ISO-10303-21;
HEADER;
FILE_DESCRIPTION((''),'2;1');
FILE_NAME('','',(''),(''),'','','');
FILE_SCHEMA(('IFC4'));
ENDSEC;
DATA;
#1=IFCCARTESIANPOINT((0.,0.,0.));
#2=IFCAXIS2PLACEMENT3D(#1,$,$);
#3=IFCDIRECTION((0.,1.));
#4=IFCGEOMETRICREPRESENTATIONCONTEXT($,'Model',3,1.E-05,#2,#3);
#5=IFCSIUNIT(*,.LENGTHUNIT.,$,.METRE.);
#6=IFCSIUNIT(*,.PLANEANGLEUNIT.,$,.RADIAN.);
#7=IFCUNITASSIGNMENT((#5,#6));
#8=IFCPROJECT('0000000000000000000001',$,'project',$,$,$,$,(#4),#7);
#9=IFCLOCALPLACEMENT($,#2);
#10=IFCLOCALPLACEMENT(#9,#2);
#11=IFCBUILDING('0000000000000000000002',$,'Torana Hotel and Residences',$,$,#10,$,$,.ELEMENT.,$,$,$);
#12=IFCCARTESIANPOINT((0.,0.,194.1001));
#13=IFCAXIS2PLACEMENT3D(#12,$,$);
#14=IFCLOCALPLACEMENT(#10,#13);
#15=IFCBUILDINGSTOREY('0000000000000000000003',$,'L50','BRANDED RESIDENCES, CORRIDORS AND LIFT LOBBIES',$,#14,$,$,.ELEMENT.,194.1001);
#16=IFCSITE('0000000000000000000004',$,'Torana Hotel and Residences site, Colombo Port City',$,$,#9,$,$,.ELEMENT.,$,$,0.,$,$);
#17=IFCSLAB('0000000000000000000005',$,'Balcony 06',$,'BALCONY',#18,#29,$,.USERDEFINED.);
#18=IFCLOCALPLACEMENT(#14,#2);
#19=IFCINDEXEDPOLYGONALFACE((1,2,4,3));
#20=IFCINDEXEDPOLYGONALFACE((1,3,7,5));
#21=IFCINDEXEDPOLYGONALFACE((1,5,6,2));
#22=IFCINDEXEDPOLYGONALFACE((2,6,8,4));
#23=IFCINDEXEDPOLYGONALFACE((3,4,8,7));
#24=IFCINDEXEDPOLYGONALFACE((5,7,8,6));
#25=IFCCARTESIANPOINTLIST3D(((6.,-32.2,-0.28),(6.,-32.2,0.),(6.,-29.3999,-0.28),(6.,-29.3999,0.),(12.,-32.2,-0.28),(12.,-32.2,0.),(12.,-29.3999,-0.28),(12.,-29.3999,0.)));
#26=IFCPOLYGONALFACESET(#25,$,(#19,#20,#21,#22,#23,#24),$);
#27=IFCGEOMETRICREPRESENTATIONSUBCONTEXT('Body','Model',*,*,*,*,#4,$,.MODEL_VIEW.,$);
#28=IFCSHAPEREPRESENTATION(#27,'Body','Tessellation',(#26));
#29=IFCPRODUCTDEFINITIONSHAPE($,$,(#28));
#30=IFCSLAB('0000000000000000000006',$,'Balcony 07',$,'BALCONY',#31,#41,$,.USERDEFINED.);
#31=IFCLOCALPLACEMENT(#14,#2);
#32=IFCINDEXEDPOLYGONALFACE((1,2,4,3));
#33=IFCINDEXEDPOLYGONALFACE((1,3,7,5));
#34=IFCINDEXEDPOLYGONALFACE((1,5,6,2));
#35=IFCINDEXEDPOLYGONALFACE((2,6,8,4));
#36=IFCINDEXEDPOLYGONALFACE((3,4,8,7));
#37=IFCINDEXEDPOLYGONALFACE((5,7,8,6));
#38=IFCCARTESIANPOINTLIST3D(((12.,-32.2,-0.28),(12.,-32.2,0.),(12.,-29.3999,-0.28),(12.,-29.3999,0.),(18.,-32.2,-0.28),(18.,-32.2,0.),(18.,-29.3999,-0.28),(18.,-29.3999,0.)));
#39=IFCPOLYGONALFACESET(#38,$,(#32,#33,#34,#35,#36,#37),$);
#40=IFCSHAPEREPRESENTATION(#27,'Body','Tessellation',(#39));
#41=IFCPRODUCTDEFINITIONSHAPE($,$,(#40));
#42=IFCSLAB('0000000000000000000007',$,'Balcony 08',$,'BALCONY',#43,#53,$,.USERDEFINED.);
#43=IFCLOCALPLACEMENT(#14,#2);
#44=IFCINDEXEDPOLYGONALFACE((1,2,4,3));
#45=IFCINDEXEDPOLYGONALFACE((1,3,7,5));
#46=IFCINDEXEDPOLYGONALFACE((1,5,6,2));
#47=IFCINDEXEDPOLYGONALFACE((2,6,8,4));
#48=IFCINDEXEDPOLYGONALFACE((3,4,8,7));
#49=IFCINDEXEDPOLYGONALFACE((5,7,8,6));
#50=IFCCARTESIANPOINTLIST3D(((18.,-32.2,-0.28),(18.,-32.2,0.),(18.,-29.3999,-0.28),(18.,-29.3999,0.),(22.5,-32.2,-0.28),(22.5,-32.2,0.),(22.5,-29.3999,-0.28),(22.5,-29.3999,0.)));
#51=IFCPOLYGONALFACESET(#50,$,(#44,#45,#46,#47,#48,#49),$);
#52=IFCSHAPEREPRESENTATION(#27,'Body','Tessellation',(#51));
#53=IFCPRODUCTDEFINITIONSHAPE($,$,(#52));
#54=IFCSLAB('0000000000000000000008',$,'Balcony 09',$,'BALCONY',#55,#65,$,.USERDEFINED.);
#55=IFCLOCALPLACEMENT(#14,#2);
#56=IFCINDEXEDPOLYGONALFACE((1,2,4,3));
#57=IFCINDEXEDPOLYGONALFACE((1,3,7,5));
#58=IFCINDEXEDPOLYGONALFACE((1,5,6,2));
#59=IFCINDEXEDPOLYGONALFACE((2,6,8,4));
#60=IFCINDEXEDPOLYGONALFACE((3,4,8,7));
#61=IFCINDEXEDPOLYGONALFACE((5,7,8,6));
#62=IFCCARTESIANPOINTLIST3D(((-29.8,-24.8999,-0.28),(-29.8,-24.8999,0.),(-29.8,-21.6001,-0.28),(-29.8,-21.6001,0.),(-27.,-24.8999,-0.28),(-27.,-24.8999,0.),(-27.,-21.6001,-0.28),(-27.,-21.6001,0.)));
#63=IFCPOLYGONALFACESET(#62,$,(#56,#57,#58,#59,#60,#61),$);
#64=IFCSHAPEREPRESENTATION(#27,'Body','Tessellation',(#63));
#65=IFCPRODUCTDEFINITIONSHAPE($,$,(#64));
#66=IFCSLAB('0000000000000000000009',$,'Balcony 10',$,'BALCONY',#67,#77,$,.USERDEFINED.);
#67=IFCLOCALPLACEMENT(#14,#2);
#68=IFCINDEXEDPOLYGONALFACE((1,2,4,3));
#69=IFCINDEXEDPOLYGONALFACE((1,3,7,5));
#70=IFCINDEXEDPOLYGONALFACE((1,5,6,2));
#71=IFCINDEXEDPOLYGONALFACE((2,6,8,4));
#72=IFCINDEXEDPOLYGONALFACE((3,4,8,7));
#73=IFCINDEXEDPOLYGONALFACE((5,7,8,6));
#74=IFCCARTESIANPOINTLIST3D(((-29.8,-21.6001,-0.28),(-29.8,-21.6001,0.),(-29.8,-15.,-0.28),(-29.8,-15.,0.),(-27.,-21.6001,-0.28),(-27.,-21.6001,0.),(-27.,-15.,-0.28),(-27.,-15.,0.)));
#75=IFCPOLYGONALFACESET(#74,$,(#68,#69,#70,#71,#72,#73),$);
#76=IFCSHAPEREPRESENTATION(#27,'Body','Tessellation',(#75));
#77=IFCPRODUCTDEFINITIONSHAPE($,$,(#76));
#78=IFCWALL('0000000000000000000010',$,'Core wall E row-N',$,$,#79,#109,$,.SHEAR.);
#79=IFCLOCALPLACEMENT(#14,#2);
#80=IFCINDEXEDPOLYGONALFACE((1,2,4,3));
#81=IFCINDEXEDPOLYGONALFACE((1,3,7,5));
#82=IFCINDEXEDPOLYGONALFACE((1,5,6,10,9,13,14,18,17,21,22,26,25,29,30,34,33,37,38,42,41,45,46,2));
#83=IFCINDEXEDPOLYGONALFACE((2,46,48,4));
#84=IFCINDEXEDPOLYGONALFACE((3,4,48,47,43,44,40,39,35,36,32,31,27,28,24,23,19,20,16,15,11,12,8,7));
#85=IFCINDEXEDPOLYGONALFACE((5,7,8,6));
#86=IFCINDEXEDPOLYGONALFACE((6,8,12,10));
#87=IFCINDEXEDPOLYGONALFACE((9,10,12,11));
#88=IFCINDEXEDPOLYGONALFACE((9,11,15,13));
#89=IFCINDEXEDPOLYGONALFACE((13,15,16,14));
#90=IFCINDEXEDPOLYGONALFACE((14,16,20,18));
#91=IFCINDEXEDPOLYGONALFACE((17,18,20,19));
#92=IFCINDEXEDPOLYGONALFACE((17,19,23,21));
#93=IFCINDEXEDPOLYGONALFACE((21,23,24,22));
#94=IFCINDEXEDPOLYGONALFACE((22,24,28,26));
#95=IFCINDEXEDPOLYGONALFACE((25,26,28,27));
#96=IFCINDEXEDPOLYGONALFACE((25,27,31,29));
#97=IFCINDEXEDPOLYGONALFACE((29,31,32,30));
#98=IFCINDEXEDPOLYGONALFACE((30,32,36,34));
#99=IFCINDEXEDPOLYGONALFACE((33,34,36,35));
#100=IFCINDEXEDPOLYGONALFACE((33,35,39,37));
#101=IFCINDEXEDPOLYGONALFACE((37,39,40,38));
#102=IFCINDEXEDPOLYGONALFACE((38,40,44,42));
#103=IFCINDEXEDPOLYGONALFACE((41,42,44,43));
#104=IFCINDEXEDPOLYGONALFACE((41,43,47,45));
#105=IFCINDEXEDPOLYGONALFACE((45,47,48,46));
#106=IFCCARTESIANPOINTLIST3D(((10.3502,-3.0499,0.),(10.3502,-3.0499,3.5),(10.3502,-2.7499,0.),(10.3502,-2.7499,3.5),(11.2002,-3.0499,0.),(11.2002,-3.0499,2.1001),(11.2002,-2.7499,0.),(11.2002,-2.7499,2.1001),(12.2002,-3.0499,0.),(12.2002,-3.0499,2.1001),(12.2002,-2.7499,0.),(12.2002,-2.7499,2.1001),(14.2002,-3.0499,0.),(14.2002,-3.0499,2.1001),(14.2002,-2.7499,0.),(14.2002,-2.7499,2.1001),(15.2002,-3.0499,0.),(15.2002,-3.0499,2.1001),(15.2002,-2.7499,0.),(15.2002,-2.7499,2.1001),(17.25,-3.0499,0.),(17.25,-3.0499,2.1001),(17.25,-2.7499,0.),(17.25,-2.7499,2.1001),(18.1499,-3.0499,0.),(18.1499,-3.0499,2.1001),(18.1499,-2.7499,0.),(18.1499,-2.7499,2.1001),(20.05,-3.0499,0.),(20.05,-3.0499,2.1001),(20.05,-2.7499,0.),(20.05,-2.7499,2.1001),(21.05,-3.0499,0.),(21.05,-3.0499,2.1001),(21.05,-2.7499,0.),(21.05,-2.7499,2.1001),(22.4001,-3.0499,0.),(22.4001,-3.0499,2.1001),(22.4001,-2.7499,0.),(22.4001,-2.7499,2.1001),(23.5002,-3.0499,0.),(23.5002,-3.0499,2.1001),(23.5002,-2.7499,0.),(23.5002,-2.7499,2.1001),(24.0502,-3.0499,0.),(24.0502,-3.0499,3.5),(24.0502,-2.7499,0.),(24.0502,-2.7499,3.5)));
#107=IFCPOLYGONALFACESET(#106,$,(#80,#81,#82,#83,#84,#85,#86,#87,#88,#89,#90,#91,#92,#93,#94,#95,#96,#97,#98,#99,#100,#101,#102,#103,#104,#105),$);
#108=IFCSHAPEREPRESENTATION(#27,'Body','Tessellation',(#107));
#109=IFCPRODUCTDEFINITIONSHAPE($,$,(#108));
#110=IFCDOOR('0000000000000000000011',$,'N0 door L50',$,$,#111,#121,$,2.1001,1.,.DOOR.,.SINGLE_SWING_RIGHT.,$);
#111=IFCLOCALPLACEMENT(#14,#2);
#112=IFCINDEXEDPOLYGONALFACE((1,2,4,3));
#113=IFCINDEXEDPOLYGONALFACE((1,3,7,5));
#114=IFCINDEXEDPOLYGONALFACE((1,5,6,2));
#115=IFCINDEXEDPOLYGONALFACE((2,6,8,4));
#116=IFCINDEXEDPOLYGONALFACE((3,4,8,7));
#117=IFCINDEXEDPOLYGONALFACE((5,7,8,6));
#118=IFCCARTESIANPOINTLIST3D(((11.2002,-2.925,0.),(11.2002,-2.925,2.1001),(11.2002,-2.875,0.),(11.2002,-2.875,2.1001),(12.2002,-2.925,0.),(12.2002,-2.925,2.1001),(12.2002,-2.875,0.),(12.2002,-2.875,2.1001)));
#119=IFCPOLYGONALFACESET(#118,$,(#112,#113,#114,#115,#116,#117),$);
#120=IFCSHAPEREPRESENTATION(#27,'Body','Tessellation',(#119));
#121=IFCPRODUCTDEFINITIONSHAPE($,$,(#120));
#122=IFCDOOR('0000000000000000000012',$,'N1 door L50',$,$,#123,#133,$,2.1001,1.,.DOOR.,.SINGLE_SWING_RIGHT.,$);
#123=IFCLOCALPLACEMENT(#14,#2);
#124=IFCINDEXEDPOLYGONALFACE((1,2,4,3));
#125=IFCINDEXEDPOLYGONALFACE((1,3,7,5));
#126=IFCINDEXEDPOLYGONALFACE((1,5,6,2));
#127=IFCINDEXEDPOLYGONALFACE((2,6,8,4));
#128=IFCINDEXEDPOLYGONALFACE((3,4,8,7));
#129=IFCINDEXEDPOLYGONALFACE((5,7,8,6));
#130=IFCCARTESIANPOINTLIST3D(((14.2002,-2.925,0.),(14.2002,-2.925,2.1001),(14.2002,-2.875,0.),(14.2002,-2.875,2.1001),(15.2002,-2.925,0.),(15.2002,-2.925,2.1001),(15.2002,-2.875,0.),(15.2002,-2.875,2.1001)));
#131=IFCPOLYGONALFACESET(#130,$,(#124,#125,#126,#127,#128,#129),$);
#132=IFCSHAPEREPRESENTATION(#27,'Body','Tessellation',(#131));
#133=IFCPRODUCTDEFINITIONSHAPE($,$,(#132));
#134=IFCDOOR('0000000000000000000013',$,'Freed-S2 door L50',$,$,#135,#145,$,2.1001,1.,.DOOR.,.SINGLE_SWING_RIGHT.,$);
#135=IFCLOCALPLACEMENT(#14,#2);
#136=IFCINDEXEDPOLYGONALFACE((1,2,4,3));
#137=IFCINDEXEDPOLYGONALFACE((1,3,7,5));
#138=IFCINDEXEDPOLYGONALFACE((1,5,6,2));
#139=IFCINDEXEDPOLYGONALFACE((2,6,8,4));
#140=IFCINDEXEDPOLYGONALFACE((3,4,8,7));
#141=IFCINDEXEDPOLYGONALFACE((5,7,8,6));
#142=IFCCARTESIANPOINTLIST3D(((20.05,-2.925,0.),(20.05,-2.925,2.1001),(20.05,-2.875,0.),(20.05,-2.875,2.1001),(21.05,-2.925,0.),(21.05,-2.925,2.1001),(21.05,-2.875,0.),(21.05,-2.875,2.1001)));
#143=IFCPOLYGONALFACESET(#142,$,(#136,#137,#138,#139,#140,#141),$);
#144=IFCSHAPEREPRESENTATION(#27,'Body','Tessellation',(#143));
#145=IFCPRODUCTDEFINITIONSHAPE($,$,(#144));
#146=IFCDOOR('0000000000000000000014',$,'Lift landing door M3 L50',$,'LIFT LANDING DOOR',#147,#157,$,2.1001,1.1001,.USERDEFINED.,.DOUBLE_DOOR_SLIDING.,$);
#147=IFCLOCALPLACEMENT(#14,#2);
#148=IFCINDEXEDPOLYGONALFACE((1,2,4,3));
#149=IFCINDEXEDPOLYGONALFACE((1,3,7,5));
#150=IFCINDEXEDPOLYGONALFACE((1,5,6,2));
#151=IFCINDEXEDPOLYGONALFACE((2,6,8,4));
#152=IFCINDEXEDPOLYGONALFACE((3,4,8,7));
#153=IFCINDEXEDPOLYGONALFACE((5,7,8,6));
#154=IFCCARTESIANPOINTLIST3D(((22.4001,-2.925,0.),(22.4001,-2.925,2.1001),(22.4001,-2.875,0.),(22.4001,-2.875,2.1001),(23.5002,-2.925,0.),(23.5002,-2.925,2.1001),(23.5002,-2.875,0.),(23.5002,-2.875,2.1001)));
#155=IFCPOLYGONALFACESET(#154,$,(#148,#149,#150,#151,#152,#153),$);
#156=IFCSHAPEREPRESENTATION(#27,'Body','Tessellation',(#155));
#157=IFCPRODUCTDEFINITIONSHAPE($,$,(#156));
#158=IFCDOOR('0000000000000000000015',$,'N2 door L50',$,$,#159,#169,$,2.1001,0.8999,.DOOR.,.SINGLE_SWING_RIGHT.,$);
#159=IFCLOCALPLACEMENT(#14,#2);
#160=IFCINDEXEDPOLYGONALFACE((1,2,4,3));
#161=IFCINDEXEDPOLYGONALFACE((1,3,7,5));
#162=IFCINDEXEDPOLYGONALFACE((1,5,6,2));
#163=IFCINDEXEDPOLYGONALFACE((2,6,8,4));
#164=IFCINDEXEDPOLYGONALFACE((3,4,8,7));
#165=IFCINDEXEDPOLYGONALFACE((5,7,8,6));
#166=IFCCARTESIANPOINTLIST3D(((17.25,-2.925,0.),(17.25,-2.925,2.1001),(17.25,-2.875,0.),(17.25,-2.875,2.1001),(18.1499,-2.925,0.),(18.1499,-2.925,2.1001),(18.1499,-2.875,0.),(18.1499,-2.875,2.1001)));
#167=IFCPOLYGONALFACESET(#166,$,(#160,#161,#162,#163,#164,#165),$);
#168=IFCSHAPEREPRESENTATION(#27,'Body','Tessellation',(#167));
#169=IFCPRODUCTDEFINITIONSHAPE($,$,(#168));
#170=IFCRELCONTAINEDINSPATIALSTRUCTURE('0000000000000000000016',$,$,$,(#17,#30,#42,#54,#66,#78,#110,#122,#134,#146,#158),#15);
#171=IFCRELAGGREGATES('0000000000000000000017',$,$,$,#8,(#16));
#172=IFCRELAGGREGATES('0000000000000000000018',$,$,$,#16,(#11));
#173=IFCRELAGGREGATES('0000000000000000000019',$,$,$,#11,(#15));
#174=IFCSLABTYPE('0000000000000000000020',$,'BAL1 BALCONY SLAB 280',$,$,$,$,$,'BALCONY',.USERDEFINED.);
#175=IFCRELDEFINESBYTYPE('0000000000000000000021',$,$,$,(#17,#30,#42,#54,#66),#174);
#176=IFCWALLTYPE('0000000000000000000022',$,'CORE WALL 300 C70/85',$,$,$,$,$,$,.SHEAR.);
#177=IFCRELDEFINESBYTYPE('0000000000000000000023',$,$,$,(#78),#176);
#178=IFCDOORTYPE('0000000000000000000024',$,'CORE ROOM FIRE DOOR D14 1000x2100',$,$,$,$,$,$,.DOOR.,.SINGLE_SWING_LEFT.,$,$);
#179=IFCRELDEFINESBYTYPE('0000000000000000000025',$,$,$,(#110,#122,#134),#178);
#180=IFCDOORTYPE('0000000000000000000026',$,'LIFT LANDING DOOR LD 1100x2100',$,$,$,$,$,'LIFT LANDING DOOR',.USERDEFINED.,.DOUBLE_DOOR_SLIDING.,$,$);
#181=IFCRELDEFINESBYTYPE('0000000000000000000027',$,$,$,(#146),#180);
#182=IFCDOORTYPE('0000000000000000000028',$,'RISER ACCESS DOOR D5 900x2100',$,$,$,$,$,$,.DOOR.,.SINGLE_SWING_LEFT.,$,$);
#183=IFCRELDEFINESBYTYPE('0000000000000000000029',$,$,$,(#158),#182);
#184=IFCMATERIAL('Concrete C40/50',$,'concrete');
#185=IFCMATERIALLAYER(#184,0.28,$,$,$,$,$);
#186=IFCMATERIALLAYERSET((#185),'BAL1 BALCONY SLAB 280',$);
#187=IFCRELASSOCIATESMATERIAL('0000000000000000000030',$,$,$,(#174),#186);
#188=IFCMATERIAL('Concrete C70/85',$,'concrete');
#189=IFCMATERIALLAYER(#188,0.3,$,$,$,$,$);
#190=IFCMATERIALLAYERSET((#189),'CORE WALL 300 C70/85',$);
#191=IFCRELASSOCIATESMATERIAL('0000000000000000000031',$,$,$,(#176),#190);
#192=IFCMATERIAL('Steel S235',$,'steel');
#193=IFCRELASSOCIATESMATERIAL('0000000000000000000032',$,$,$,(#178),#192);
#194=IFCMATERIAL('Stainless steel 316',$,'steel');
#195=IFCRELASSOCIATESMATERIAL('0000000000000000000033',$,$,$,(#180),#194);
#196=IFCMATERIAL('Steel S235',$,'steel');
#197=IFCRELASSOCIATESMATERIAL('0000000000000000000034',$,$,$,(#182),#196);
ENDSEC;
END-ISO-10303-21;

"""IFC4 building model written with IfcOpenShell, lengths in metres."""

from ifc_helpers import new_model, si_unit, direction, frame, frame_2d, origin, place, context, subcontext, project, spatial, polyline, rectangle, outline, extrude, material, layer, layer_set, type_object, element, fill, save


model = new_model("IFC4")

# Units and contexts
model_context = context("Model", 3, precision=1e-05, world=origin(), true_north=direction((0.0, 1.0)))
body_context = subcontext(model_context, "Body", "Model", "MODEL_VIEW")
ifc_project = project(units=[si_unit("LENGTHUNIT", "METRE"), si_unit("PLANEANGLEUNIT", "RADIAN")], contexts=[model_context])

# Site, building, storey
site_placement = place(None, origin())
site = spatial("IfcSite", under=ifc_project, at=site_placement, Name="Torana Hotel and Residences site, Colombo Port City", CompositionType="ELEMENT", RefElevation=0.0)
building_placement = place(site_placement, origin())
building = spatial("IfcBuilding", under=site, at=building_placement, Name="Torana Hotel and Residences", CompositionType="ELEMENT")
storey_placement = place(building_placement, frame((0.0, 0.0, 194.1001)))
storey = spatial("IfcBuildingStorey", under=building, at=storey_placement, Name="L50", Description="BRANDED RESIDENCES, CORRIDORS AND LIFT LOBBIES", CompositionType="ELEMENT", Elevation=194.1001)

# Slabs
ifc_material_1 = material(Name="Concrete C40/50", Category="concrete")
ifc_layer_1 = layer(ifc_material_1, 0.28)
ifc_layer_set_1 = layer_set([ifc_layer_1], Name="BAL1 BALCONY SLAB 280")
slab_type = type_object("IfcSlabType", Name="BAL1 BALCONY SLAB 280", ElementType="BALCONY", PredefinedType="USERDEFINED", material=ifc_layer_set_1)
slab_1_placement = place(storey_placement, frame((0.0, 0.0, -0.28)))
element("IfcSlab", 1, at=slab_1_placement, inside=storey, type_object=slab_type, Name="Balcony 06", ObjectType="BALCONY", PredefinedType="USERDEFINED", context=body_context, shape_type="SweptSolid", body=[
    extrude(outline(polyline([(6.0, -32.2), (12.0, -32.2), (12.0, -29.3999), (6.0, -29.3999), (6.0, -32.2)])), origin(), (0.0, 0.0, 1.0), 0.28),
])
slab_2_placement = place(storey_placement, frame((0.0, 0.0, -0.28)))
element("IfcSlab", 2, at=slab_2_placement, inside=storey, type_object=slab_type, Name="Balcony 07", ObjectType="BALCONY", PredefinedType="USERDEFINED", context=body_context, shape_type="SweptSolid", body=[
    extrude(outline(polyline([(12.0, -32.2), (18.0, -32.2), (18.0, -29.3999), (12.0, -29.3999), (12.0, -32.2)])), origin(), (0.0, 0.0, 1.0), 0.28),
])
slab_3_placement = place(storey_placement, frame((0.0, 0.0, -0.28)))
element("IfcSlab", 3, at=slab_3_placement, inside=storey, type_object=slab_type, Name="Balcony 08", ObjectType="BALCONY", PredefinedType="USERDEFINED", context=body_context, shape_type="SweptSolid", body=[
    extrude(outline(polyline([(18.0, -32.2), (22.5, -32.2), (22.5, -29.3999), (18.0, -29.3999), (18.0, -32.2)])), origin(), (0.0, 0.0, 1.0), 0.28),
])
slab_4_placement = place(storey_placement, frame((0.0, 0.0, -0.28)))
element("IfcSlab", 4, at=slab_4_placement, inside=storey, type_object=slab_type, Name="Balcony 09", ObjectType="BALCONY", PredefinedType="USERDEFINED", context=body_context, shape_type="SweptSolid", body=[
    extrude(outline(polyline([(-29.8, -24.8999), (-27.0, -24.8999), (-27.0, -21.6001), (-29.8, -21.6001), (-29.8, -24.8999)])), origin(), (0.0, 0.0, 1.0), 0.28),
])
slab_5_placement = place(storey_placement, frame((0.0, 0.0, -0.28)))
element("IfcSlab", 5, at=slab_5_placement, inside=storey, type_object=slab_type, Name="Balcony 10", ObjectType="BALCONY", PredefinedType="USERDEFINED", context=body_context, shape_type="SweptSolid", body=[
    extrude(outline(polyline([(-29.8, -21.6001), (-27.0, -21.6001), (-27.0, -15.0), (-29.8, -15.0), (-29.8, -21.6001)])), origin(), (0.0, 0.0, 1.0), 0.28),
])

# Wall, openings, doors
ifc_material_2 = material(Name="Concrete C70/85", Category="concrete")
ifc_layer_2 = layer(ifc_material_2, 0.3)
ifc_layer_set_2 = layer_set([ifc_layer_2], Name="CORE WALL 300 C70/85")
wall_type_1 = type_object("IfcWallType", Name="CORE WALL 300 C70/85", PredefinedType="SHEAR", material=ifc_layer_set_2)
wall_1_placement = place(storey_placement, frame((10.3501, -2.8999, 0.0), z_axis=(0.0, 0.0, 1.0), x_axis=(1.0, 0.0, 0.0)))
wall_1 = element("IfcWall", 6, at=wall_1_placement, inside=storey, type_object=wall_type_1, Name="Core wall E row-N", PredefinedType="SHEAR", context=body_context, shape_type="SweptSolid", body=[
    extrude(rectangle(XDim=13.7, YDim=0.3, at=frame_2d((6.8501, 0.0))), origin(), (0.0, 0.0, 1.0), 3.5),
])
opening_1_placement = place(wall_1_placement, frame((12.05, 0.0, 0.0)))
opening_1 = element("IfcOpeningElement", 7, at=opening_1_placement, cuts=wall_1, PredefinedType="OPENING", context=body_context, shape_type="SweptSolid", body=[
    extrude(rectangle(XDim=1.1001, YDim=2.1001, at=frame_2d((0.55, 1.05))), frame((0.0, 0.1599, 0.0), z_axis=(0.0, -1.0, 0.0), x_axis=(1.0, 0.0, 0.0)), (0.0, 0.0, 1.0), 0.3201),
])
opening_2_placement = place(wall_1_placement, frame((6.8999, 0.0, 0.0)))
opening_2 = element("IfcOpeningElement", 8, at=opening_2_placement, cuts=wall_1, PredefinedType="OPENING", context=body_context, shape_type="SweptSolid", body=[
    extrude(rectangle(XDim=0.8999, YDim=2.1001, at=frame_2d((0.45, 1.05))), frame((0.0, 0.1599, 0.0), z_axis=(0.0, -1.0, 0.0), x_axis=(1.0, 0.0, 0.0)), (0.0, 0.0, 1.0), 0.3201),
])
opening_3_placement = place(wall_1_placement, frame((0.8501, 0.0, 0.0)))
opening_3 = element("IfcOpeningElement", 9, at=opening_3_placement, cuts=wall_1, PredefinedType="OPENING", context=body_context, shape_type="SweptSolid", body=[
    extrude(rectangle(XDim=1.0, YDim=2.1001, at=frame_2d((0.5, 1.05))), frame((0.0, 0.1599, 0.0), z_axis=(0.0, -1.0, 0.0), x_axis=(1.0, 0.0, 0.0)), (0.0, 0.0, 1.0), 0.3201),
])
opening_4_placement = place(wall_1_placement, frame((3.8501, 0.0, 0.0)))
opening_4 = element("IfcOpeningElement", 10, at=opening_4_placement, cuts=wall_1, PredefinedType="OPENING", context=body_context, shape_type="SweptSolid", body=[
    extrude(rectangle(XDim=1.0, YDim=2.1001, at=frame_2d((0.5, 1.05))), frame((0.0, 0.1599, 0.0), z_axis=(0.0, -1.0, 0.0), x_axis=(1.0, 0.0, 0.0)), (0.0, 0.0, 1.0), 0.3201),
])
opening_5_placement = place(wall_1_placement, frame((9.7, 0.0, 0.0)))
opening_5 = element("IfcOpeningElement", 11, at=opening_5_placement, cuts=wall_1, PredefinedType="OPENING", context=body_context, shape_type="SweptSolid", body=[
    extrude(rectangle(XDim=1.0, YDim=2.1001, at=frame_2d((0.5, 1.05))), frame((0.0, 0.1599, 0.0), z_axis=(0.0, -1.0, 0.0), x_axis=(1.0, 0.0, 0.0)), (0.0, 0.0, 1.0), 0.3201),
])
ifc_material_3 = material(Name="Steel S235", Category="steel")
door_type_1 = type_object("IfcDoorType", Name="CORE ROOM FIRE DOOR D14 1000x2100", OperationType="SINGLE_SWING_LEFT", PredefinedType="DOOR", material=ifc_material_3)
door_1_placement = place(opening_3_placement, origin())
door_1 = element("IfcDoor", 12, at=door_1_placement, inside=storey, type_object=door_type_1, Name="N0 door L50", OperationType="SINGLE_SWING_RIGHT", OverallHeight=2.1001, OverallWidth=1.0, PredefinedType="DOOR", context=body_context, shape_type="SweptSolid", body=[
    extrude(rectangle(XDim=1.0, YDim=2.1001, at=frame_2d((0.5, 1.05))), frame((0.0, 0.0249, 0.0), z_axis=(0.0, -1.0, 0.0), x_axis=(1.0, 0.0, 0.0)), (0.0, 0.0, 1.0), 0.05),
])
fill(opening_3, door_1)
door_2_placement = place(opening_4_placement, origin())
door_2 = element("IfcDoor", 13, at=door_2_placement, inside=storey, type_object=door_type_1, Name="N1 door L50", OperationType="SINGLE_SWING_RIGHT", OverallHeight=2.1001, OverallWidth=1.0, PredefinedType="DOOR", context=body_context, shape_type="SweptSolid", body=[
    extrude(rectangle(XDim=1.0, YDim=2.1001, at=frame_2d((0.5, 1.05))), frame((0.0, 0.0249, 0.0), z_axis=(0.0, -1.0, 0.0), x_axis=(1.0, 0.0, 0.0)), (0.0, 0.0, 1.0), 0.05),
])
fill(opening_4, door_2)
door_3_placement = place(opening_5_placement, origin())
door_3 = element("IfcDoor", 14, at=door_3_placement, inside=storey, type_object=door_type_1, Name="Freed-S2 door L50", OperationType="SINGLE_SWING_RIGHT", OverallHeight=2.1001, OverallWidth=1.0, PredefinedType="DOOR", context=body_context, shape_type="SweptSolid", body=[
    extrude(rectangle(XDim=1.0, YDim=2.1001, at=frame_2d((0.5, 1.05))), frame((0.0, 0.0249, 0.0), z_axis=(0.0, -1.0, 0.0), x_axis=(1.0, 0.0, 0.0)), (0.0, 0.0, 1.0), 0.05),
])
fill(opening_5, door_3)
ifc_material_4 = material(Name="Stainless steel 316", Category="steel")
door_type_2 = type_object("IfcDoorType", Name="LIFT LANDING DOOR LD 1100x2100", ElementType="LIFT LANDING DOOR", OperationType="DOUBLE_DOOR_SLIDING", PredefinedType="USERDEFINED", material=ifc_material_4)
door_4_placement = place(opening_1_placement, origin())
door_4 = element("IfcDoor", 15, at=door_4_placement, inside=storey, type_object=door_type_2, Name="Lift landing door M3 L50", ObjectType="LIFT LANDING DOOR", OperationType="DOUBLE_DOOR_SLIDING", OverallHeight=2.1001, OverallWidth=1.1001, PredefinedType="USERDEFINED", context=body_context, shape_type="SweptSolid", body=[
    extrude(rectangle(XDim=1.1001, YDim=2.1001, at=frame_2d((0.55, 1.05))), frame((0.0, 0.0249, 0.0), z_axis=(0.0, -1.0, 0.0), x_axis=(1.0, 0.0, 0.0)), (0.0, 0.0, 1.0), 0.05),
])
fill(opening_1, door_4)
ifc_material_5 = material(Name="Steel S235", Category="steel")
door_type_3 = type_object("IfcDoorType", Name="RISER ACCESS DOOR D5 900x2100", OperationType="SINGLE_SWING_LEFT", PredefinedType="DOOR", material=ifc_material_5)
door_5_placement = place(opening_2_placement, origin())
door_5 = element("IfcDoor", 16, at=door_5_placement, inside=storey, type_object=door_type_3, Name="N2 door L50", OperationType="SINGLE_SWING_RIGHT", OverallHeight=2.1001, OverallWidth=0.8999, PredefinedType="DOOR", context=body_context, shape_type="SweptSolid", body=[
    extrude(rectangle(XDim=0.8999, YDim=2.1001, at=frame_2d((0.45, 1.05))), frame((0.0, 0.0249, 0.0), z_axis=(0.0, -1.0, 0.0), x_axis=(1.0, 0.0, 0.0)), (0.0, 0.0, 1.0), 0.05),
])
fill(opening_2, door_5)

save(model, "model.ifc")
